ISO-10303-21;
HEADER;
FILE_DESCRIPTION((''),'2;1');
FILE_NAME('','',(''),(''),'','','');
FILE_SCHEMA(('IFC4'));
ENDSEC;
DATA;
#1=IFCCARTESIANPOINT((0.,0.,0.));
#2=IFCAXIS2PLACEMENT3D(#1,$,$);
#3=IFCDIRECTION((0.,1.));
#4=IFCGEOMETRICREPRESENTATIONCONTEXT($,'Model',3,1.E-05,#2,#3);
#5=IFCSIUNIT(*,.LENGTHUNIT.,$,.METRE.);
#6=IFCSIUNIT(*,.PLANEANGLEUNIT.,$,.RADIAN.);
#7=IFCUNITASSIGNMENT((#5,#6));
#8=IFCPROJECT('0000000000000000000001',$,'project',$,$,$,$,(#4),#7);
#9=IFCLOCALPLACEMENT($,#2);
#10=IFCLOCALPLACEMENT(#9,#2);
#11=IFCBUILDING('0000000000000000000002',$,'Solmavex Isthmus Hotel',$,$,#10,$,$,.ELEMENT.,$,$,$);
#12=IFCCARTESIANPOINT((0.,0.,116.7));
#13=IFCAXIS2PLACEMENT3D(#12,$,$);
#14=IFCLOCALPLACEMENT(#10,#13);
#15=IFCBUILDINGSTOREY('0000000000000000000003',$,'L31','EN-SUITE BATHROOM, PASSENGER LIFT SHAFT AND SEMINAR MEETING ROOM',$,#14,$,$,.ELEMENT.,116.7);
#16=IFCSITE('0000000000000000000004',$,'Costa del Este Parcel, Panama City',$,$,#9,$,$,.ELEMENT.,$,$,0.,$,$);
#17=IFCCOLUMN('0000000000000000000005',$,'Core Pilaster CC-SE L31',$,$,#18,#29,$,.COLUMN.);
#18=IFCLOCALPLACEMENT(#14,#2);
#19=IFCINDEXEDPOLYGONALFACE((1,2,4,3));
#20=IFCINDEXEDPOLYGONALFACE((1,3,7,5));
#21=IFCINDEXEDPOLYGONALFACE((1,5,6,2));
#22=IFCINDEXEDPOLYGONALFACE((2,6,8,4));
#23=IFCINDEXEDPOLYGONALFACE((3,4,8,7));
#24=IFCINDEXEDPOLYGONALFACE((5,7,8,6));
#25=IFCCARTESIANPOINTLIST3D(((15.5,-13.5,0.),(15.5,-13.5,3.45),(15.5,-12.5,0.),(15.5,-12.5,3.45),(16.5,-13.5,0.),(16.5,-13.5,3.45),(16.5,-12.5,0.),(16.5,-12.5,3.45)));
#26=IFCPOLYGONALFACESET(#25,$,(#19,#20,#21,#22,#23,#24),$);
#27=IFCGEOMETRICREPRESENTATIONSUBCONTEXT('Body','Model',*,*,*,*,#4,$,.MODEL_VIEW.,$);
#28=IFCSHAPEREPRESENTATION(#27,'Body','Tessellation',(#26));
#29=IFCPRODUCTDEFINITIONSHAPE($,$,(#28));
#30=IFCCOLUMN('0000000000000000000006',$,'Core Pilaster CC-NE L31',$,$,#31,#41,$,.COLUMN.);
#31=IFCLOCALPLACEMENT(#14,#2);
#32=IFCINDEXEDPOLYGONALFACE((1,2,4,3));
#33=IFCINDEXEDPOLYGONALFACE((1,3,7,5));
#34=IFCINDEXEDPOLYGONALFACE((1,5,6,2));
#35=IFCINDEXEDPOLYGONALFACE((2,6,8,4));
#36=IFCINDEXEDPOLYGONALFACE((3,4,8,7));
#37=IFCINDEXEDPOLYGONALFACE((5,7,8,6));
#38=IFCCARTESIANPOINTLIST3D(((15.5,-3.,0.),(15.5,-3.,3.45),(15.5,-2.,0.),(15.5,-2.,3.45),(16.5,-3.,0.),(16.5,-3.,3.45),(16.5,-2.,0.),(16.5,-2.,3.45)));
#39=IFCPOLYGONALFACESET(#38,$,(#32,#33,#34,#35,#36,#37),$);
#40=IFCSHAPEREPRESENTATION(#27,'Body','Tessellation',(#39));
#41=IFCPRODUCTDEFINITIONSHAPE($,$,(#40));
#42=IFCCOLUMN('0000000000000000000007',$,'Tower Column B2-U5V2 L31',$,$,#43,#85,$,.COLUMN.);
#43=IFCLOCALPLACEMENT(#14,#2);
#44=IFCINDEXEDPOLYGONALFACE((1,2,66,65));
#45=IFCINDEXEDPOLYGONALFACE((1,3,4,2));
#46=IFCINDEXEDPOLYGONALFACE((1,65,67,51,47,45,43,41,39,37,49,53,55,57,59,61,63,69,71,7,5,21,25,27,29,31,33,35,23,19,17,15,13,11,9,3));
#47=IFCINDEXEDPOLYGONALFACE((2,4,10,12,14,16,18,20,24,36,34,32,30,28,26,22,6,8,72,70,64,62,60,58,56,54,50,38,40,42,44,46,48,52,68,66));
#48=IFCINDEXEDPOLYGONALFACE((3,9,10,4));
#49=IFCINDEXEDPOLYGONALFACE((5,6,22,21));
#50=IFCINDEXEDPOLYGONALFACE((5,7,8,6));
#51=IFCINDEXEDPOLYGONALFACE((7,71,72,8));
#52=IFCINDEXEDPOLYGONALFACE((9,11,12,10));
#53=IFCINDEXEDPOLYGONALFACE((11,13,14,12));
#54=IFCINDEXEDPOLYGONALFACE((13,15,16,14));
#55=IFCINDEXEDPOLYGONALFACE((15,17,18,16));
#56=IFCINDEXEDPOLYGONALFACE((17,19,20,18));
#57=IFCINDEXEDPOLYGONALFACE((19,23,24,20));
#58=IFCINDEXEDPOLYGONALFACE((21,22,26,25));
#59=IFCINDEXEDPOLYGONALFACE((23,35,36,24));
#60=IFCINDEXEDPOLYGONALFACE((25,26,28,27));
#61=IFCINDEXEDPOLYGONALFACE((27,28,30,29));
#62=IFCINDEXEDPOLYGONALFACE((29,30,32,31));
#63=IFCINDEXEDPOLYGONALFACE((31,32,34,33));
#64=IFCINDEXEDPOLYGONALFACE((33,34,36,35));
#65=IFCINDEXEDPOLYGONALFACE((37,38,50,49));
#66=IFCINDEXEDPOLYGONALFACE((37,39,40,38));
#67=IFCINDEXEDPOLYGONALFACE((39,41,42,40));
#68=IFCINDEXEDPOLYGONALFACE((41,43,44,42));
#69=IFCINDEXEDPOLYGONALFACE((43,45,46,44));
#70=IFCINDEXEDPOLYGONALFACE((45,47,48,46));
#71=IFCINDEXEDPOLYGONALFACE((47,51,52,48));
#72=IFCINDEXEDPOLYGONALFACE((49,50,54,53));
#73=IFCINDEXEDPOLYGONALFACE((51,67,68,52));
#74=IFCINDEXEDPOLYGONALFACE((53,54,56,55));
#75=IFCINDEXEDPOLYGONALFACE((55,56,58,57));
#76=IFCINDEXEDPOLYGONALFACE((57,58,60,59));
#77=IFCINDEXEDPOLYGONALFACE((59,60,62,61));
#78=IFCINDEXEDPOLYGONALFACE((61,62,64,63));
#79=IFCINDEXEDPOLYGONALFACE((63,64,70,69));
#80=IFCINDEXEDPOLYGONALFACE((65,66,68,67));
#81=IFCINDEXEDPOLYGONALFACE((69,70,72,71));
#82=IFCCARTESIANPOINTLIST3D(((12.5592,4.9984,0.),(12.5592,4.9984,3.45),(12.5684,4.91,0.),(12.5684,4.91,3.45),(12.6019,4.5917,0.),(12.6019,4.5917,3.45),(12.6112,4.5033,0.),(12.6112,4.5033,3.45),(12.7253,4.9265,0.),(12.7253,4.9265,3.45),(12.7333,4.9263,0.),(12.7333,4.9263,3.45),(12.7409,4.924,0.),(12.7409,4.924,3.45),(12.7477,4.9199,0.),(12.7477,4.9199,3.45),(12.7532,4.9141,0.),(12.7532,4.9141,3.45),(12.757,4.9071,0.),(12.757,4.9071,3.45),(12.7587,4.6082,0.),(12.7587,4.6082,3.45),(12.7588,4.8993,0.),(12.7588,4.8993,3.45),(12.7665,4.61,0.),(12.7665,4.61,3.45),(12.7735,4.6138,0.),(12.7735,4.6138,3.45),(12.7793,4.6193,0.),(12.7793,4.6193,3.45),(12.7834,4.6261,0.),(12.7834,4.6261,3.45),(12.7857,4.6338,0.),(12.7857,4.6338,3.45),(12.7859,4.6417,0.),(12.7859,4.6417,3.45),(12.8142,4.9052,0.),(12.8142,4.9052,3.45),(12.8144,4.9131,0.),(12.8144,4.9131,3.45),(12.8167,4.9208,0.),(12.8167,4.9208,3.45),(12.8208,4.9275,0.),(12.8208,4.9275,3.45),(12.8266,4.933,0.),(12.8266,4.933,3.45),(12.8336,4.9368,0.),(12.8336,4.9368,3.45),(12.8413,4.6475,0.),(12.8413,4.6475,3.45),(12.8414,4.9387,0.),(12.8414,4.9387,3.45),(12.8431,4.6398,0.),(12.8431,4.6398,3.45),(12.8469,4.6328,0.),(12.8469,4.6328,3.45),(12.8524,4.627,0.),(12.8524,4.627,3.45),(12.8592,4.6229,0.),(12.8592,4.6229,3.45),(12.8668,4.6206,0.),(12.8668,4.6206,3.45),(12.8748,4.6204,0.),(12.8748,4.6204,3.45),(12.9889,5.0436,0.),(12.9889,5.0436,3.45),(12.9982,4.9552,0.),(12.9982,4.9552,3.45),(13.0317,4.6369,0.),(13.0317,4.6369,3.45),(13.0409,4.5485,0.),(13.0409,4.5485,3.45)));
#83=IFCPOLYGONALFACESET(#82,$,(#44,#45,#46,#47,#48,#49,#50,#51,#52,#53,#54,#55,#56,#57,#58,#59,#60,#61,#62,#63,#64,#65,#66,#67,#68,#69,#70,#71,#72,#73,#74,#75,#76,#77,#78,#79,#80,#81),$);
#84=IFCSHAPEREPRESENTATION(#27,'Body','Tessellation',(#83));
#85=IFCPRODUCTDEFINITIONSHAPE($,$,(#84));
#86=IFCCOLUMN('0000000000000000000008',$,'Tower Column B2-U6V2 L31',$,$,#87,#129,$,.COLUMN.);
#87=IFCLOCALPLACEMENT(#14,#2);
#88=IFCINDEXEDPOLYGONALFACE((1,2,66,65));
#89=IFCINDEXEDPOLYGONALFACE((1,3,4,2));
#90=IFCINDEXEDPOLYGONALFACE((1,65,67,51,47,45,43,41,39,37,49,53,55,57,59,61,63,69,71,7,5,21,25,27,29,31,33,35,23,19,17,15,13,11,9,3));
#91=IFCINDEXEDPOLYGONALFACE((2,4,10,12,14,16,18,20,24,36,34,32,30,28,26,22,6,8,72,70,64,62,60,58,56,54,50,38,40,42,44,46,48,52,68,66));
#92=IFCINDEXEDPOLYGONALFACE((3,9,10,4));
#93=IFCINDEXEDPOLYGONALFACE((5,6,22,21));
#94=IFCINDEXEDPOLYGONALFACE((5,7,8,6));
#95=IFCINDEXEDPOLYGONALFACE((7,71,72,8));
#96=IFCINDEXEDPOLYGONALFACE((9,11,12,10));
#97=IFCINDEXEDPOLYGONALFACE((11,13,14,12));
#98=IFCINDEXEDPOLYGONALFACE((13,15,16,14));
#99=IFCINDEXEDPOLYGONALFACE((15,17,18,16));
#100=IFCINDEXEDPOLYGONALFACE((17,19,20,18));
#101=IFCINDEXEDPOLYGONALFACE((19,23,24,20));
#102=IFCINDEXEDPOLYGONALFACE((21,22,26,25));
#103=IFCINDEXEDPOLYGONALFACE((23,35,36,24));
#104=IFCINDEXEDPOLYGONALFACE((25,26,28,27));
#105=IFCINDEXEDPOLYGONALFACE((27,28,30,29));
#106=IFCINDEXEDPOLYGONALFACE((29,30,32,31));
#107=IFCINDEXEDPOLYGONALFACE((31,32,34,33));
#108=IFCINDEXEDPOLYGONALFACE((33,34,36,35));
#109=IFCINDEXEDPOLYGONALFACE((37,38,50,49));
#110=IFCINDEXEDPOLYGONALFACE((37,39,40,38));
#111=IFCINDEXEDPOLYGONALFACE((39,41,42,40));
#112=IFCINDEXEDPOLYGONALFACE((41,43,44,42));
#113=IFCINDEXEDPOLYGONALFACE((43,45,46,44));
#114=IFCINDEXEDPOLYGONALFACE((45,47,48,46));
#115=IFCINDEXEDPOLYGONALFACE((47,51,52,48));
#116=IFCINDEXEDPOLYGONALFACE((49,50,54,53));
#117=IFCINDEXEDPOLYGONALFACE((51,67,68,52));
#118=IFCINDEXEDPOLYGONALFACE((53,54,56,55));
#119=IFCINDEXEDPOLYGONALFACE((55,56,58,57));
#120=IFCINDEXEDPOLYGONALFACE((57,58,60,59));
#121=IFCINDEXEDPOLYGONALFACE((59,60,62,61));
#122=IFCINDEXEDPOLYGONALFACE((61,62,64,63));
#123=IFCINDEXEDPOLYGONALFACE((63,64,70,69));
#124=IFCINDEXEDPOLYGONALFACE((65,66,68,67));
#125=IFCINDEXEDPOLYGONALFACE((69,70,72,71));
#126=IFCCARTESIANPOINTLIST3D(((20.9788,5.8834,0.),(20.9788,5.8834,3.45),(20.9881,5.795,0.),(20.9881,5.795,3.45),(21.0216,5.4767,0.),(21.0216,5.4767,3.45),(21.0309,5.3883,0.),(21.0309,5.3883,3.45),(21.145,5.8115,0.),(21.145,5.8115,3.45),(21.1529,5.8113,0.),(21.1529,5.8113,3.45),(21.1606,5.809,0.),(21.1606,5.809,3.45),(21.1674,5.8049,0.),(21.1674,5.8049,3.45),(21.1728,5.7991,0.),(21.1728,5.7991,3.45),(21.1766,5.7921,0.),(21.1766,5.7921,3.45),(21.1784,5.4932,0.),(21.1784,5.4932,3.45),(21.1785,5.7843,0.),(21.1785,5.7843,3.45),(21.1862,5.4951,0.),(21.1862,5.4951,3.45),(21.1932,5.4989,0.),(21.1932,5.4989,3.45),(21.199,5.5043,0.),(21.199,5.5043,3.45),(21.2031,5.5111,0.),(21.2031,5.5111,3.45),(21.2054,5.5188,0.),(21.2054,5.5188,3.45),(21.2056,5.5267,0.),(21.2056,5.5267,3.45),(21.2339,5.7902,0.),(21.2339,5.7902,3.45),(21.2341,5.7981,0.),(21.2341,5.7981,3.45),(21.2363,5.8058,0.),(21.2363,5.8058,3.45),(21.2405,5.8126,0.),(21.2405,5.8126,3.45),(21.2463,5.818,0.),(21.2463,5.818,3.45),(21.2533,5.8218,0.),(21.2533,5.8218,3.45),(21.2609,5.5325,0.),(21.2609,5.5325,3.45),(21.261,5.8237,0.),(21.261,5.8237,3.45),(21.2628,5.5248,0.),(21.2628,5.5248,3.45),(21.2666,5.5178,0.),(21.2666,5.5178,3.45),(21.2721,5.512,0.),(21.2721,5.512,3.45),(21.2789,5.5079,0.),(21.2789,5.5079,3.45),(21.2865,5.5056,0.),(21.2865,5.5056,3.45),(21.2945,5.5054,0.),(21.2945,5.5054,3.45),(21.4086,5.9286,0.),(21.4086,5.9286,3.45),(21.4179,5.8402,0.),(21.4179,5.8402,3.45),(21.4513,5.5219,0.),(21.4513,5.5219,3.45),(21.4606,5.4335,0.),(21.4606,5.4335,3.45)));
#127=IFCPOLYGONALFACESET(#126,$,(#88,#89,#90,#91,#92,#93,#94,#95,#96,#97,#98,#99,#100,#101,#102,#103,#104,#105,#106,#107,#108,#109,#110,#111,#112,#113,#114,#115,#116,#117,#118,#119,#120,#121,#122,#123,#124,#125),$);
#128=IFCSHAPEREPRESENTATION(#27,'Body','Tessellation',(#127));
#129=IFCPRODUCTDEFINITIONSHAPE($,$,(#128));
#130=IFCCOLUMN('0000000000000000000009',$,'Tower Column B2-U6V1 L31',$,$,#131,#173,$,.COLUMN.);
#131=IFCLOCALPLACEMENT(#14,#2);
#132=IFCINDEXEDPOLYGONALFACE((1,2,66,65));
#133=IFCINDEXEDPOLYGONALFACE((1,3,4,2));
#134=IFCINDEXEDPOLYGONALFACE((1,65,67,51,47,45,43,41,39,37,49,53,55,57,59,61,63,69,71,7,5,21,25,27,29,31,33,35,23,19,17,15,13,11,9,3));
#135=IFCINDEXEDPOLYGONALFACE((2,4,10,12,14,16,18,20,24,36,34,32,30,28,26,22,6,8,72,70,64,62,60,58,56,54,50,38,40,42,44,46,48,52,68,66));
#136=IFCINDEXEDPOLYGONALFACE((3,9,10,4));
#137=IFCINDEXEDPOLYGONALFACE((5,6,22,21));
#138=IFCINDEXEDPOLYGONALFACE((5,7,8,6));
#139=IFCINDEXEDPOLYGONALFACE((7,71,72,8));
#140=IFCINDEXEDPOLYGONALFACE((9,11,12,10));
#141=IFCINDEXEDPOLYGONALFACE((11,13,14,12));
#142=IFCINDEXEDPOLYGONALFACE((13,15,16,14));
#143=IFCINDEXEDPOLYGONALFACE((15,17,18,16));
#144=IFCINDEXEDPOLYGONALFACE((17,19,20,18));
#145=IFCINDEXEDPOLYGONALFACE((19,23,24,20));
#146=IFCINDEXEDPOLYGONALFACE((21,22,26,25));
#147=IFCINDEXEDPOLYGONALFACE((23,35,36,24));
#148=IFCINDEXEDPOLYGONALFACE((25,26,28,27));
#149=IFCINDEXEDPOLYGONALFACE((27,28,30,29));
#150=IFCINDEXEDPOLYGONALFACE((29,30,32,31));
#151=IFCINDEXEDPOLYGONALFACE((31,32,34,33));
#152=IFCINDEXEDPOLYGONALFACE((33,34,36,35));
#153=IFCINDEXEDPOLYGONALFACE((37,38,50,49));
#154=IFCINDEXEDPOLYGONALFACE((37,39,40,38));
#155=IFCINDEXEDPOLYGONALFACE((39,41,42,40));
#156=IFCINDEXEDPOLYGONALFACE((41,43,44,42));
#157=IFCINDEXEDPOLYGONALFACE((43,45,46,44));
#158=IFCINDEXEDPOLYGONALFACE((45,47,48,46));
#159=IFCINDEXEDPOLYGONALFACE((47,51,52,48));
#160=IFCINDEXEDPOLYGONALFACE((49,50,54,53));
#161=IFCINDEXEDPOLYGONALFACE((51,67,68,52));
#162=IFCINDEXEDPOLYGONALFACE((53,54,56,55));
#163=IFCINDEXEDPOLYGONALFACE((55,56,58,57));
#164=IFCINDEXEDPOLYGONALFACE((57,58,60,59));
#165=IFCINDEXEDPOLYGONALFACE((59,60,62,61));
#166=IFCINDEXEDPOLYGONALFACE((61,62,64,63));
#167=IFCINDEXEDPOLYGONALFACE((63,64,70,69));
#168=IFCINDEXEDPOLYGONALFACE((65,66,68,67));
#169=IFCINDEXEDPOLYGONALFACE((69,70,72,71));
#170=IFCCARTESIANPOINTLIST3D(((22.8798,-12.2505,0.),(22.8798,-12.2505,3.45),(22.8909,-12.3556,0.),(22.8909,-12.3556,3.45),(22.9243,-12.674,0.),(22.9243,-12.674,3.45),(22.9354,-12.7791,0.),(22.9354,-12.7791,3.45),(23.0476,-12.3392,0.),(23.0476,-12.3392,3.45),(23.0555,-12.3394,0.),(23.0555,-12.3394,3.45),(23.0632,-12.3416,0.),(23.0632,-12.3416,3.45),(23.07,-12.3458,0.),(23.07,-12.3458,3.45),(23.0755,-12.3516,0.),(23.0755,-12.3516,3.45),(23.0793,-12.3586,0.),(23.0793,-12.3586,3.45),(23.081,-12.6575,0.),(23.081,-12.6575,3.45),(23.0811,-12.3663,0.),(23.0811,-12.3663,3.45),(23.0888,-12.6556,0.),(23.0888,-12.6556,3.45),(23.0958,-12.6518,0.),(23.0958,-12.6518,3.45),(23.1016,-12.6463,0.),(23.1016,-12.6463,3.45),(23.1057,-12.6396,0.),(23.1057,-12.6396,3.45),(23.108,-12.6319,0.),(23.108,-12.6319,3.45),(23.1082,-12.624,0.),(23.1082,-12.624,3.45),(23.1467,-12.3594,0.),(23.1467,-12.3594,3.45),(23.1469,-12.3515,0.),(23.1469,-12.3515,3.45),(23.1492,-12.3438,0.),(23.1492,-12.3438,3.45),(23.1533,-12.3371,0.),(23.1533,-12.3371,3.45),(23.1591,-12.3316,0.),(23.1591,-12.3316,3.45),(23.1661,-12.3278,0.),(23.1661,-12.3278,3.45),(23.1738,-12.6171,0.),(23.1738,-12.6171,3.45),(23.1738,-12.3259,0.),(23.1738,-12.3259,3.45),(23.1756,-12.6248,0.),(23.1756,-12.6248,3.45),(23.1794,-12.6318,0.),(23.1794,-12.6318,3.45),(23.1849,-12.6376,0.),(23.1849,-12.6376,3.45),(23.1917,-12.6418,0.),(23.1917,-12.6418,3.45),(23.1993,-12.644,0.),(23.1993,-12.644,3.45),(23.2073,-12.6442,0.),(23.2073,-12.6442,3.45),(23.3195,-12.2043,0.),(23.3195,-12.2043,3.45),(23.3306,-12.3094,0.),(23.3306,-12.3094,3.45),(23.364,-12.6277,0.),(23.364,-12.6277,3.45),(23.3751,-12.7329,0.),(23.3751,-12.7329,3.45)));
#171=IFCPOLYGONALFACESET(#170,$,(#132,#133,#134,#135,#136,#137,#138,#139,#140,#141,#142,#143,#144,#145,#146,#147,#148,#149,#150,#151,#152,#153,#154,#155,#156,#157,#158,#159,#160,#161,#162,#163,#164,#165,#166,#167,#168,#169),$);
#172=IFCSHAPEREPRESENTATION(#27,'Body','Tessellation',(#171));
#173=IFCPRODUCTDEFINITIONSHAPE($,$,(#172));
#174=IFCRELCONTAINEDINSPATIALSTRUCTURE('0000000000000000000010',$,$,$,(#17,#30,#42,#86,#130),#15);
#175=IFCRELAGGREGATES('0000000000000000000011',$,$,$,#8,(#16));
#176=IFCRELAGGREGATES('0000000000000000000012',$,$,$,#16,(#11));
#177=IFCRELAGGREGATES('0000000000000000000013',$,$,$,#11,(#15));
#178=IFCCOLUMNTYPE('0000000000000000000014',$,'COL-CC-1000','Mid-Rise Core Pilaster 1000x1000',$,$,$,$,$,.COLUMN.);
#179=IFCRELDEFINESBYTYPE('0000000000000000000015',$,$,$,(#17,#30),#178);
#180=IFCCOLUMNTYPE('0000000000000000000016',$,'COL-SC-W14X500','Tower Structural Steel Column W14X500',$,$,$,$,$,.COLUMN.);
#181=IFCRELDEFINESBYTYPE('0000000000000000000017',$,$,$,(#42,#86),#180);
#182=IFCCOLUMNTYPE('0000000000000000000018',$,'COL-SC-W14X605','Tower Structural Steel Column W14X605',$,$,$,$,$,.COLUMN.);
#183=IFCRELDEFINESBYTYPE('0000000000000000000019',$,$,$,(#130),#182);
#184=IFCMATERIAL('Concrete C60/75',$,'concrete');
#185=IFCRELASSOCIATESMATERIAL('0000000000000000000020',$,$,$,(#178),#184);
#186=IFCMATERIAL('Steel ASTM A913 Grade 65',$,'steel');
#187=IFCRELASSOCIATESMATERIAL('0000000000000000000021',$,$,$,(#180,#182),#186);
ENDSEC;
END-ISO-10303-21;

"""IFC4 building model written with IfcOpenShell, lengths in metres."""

from ifc_helpers import new_model, si_unit, direction, frame, origin, origin_2d, place, context, subcontext, project, spatial, rectangle, i_section, extrude, material, material_profile, profile_set, type_object, element, save


model = new_model("IFC4")

# Units and contexts
model_context = context("Model", 3, precision=1e-05, world=origin(), true_north=direction((0.0, 1.0)))
body_context = subcontext(model_context, "Body", "Model", "MODEL_VIEW")
ifc_project = project(units=[si_unit("LENGTHUNIT", "METRE"), si_unit("PLANEANGLEUNIT", "RADIAN")], contexts=[model_context])

# Site, building, storey
site_placement = place(None, origin())
site = spatial("IfcSite", under=ifc_project, at=site_placement, Name="Costa del Este Parcel, Panama City", CompositionType="ELEMENT", RefElevation=0.0)
building_placement = place(site_placement, origin())
building = spatial("IfcBuilding", under=site, at=building_placement, Name="Solmavex Isthmus Hotel", CompositionType="ELEMENT")
storey_placement = place(building_placement, frame((0.0, 0.0, 116.7)))
storey = spatial("IfcBuildingStorey", under=building, at=storey_placement, Name="L31", Description="EN-SUITE BATHROOM, PASSENGER LIFT SHAFT AND SEMINAR MEETING ROOM", CompositionType="ELEMENT", Elevation=116.7)

# Columns
ifc_material_1 = material(Name="Concrete C60/75", Category="concrete")
ifc_material_profile_1 = material_profile(ifc_material_1, rectangle(XDim=1.0, YDim=1.0, at=origin_2d()), Name="RC1000X1000")
ifc_profile_set_1 = profile_set([ifc_material_profile_1], Name="Concrete C60/75")
column_type_1 = type_object("IfcColumnType", Name="COL-CC-1000", Description="Mid-Rise Core Pilaster 1000x1000", PredefinedType="COLUMN", material=ifc_profile_set_1)
for number, where, z_axis, x_axis, name in (
    (1, (16.0, -13.0, 0.0), (0.0, 0.0, 1.0), (1.0, 0.0, 0.0), "Core Pilaster CC-SE L31"),
    (2, (16.0, -2.5, 0.0), (0.0, 0.0, 1.0), (1.0, 0.0, 0.0), "Core Pilaster CC-NE L31"),
):
    element("IfcColumn", number, at=place(storey_placement, frame(where, z_axis=z_axis, x_axis=x_axis)), inside=storey, type_object=column_type_1, Name=name, PredefinedType="COLUMN", context=body_context, shape_type="SweptSolid", body=[
        extrude(rectangle(XDim=1.0, YDim=1.0, at=origin_2d()), origin(), (0.0, 0.0, 1.0), 3.45),
    ])
ifc_material_2 = material(Name="Steel ASTM A913 Grade 65", Category="steel")
ifc_material_profile_2 = material_profile(ifc_material_2, i_section(OverallWidth=0.4321, OverallDepth=0.4978, WebThickness=0.0557, FlangeThickness=0.0889, FilletRadius=0.0305, at=origin_2d()), Name="W14X500")
ifc_profile_set_2 = profile_set([ifc_material_profile_2], Name="Steel ASTM A913 Grade 65")
column_type_2 = type_object("IfcColumnType", Name="COL-SC-W14X500", Description="Tower Structural Steel Column W14X500", PredefinedType="COLUMN", material=ifc_profile_set_2)
for number, where, z_axis, x_axis, name in (
    (3, (12.8, 4.7734, 0.0), (0.0, 0.0, 1.0), (0.994522, 0.104528, 0.0), "Tower Column B2-U5V2 L31"),
    (4, (21.2197, 5.6584, 0.0), (0.0, 0.0, 1.0), (0.994522, 0.104528, 0.0), "Tower Column B2-U6V2 L31"),
):
    element("IfcColumn", number, at=place(storey_placement, frame(where, z_axis=z_axis, x_axis=x_axis)), inside=storey, type_object=column_type_2, Name=name, PredefinedType="COLUMN", context=body_context, shape_type="SweptSolid", body=[
        extrude(i_section(OverallWidth=0.4321, OverallDepth=0.4978, WebThickness=0.0557, FlangeThickness=0.0889, FilletRadius=0.0305, at=origin_2d()), origin(), (0.0, 0.0, 1.0), 3.45),
    ])
ifc_material_profile_3 = material_profile(ifc_material_2, i_section(OverallWidth=0.4421, OverallDepth=0.5315, WebThickness=0.0659, FlangeThickness=0.1057, FilletRadius=0.0305, at=origin_2d()), Name="W14X605")
ifc_profile_set_3 = profile_set([ifc_material_profile_3], Name="Steel ASTM A913 Grade 65")
column_type_3 = type_object("IfcColumnType", Name="COL-SC-W14X605", Description="Tower Structural Steel Column W14X605", PredefinedType="COLUMN", material=ifc_profile_set_3)
column_placement = place(storey_placement, frame((23.1274, -12.4917, 0.0), z_axis=(0.0, 0.0, 1.0), x_axis=(0.994522, 0.104528, 0.0)))
element("IfcColumn", 5, at=column_placement, inside=storey, type_object=column_type_3, Name="Tower Column B2-U6V1 L31", PredefinedType="COLUMN", context=body_context, shape_type="SweptSolid", body=[
    extrude(i_section(OverallWidth=0.4421, OverallDepth=0.5315, WebThickness=0.0659, FlangeThickness=0.1057, FilletRadius=0.0305, at=origin_2d()), origin(), (0.0, 0.0, 1.0), 3.45),
])

save(model, "model.ifc")
